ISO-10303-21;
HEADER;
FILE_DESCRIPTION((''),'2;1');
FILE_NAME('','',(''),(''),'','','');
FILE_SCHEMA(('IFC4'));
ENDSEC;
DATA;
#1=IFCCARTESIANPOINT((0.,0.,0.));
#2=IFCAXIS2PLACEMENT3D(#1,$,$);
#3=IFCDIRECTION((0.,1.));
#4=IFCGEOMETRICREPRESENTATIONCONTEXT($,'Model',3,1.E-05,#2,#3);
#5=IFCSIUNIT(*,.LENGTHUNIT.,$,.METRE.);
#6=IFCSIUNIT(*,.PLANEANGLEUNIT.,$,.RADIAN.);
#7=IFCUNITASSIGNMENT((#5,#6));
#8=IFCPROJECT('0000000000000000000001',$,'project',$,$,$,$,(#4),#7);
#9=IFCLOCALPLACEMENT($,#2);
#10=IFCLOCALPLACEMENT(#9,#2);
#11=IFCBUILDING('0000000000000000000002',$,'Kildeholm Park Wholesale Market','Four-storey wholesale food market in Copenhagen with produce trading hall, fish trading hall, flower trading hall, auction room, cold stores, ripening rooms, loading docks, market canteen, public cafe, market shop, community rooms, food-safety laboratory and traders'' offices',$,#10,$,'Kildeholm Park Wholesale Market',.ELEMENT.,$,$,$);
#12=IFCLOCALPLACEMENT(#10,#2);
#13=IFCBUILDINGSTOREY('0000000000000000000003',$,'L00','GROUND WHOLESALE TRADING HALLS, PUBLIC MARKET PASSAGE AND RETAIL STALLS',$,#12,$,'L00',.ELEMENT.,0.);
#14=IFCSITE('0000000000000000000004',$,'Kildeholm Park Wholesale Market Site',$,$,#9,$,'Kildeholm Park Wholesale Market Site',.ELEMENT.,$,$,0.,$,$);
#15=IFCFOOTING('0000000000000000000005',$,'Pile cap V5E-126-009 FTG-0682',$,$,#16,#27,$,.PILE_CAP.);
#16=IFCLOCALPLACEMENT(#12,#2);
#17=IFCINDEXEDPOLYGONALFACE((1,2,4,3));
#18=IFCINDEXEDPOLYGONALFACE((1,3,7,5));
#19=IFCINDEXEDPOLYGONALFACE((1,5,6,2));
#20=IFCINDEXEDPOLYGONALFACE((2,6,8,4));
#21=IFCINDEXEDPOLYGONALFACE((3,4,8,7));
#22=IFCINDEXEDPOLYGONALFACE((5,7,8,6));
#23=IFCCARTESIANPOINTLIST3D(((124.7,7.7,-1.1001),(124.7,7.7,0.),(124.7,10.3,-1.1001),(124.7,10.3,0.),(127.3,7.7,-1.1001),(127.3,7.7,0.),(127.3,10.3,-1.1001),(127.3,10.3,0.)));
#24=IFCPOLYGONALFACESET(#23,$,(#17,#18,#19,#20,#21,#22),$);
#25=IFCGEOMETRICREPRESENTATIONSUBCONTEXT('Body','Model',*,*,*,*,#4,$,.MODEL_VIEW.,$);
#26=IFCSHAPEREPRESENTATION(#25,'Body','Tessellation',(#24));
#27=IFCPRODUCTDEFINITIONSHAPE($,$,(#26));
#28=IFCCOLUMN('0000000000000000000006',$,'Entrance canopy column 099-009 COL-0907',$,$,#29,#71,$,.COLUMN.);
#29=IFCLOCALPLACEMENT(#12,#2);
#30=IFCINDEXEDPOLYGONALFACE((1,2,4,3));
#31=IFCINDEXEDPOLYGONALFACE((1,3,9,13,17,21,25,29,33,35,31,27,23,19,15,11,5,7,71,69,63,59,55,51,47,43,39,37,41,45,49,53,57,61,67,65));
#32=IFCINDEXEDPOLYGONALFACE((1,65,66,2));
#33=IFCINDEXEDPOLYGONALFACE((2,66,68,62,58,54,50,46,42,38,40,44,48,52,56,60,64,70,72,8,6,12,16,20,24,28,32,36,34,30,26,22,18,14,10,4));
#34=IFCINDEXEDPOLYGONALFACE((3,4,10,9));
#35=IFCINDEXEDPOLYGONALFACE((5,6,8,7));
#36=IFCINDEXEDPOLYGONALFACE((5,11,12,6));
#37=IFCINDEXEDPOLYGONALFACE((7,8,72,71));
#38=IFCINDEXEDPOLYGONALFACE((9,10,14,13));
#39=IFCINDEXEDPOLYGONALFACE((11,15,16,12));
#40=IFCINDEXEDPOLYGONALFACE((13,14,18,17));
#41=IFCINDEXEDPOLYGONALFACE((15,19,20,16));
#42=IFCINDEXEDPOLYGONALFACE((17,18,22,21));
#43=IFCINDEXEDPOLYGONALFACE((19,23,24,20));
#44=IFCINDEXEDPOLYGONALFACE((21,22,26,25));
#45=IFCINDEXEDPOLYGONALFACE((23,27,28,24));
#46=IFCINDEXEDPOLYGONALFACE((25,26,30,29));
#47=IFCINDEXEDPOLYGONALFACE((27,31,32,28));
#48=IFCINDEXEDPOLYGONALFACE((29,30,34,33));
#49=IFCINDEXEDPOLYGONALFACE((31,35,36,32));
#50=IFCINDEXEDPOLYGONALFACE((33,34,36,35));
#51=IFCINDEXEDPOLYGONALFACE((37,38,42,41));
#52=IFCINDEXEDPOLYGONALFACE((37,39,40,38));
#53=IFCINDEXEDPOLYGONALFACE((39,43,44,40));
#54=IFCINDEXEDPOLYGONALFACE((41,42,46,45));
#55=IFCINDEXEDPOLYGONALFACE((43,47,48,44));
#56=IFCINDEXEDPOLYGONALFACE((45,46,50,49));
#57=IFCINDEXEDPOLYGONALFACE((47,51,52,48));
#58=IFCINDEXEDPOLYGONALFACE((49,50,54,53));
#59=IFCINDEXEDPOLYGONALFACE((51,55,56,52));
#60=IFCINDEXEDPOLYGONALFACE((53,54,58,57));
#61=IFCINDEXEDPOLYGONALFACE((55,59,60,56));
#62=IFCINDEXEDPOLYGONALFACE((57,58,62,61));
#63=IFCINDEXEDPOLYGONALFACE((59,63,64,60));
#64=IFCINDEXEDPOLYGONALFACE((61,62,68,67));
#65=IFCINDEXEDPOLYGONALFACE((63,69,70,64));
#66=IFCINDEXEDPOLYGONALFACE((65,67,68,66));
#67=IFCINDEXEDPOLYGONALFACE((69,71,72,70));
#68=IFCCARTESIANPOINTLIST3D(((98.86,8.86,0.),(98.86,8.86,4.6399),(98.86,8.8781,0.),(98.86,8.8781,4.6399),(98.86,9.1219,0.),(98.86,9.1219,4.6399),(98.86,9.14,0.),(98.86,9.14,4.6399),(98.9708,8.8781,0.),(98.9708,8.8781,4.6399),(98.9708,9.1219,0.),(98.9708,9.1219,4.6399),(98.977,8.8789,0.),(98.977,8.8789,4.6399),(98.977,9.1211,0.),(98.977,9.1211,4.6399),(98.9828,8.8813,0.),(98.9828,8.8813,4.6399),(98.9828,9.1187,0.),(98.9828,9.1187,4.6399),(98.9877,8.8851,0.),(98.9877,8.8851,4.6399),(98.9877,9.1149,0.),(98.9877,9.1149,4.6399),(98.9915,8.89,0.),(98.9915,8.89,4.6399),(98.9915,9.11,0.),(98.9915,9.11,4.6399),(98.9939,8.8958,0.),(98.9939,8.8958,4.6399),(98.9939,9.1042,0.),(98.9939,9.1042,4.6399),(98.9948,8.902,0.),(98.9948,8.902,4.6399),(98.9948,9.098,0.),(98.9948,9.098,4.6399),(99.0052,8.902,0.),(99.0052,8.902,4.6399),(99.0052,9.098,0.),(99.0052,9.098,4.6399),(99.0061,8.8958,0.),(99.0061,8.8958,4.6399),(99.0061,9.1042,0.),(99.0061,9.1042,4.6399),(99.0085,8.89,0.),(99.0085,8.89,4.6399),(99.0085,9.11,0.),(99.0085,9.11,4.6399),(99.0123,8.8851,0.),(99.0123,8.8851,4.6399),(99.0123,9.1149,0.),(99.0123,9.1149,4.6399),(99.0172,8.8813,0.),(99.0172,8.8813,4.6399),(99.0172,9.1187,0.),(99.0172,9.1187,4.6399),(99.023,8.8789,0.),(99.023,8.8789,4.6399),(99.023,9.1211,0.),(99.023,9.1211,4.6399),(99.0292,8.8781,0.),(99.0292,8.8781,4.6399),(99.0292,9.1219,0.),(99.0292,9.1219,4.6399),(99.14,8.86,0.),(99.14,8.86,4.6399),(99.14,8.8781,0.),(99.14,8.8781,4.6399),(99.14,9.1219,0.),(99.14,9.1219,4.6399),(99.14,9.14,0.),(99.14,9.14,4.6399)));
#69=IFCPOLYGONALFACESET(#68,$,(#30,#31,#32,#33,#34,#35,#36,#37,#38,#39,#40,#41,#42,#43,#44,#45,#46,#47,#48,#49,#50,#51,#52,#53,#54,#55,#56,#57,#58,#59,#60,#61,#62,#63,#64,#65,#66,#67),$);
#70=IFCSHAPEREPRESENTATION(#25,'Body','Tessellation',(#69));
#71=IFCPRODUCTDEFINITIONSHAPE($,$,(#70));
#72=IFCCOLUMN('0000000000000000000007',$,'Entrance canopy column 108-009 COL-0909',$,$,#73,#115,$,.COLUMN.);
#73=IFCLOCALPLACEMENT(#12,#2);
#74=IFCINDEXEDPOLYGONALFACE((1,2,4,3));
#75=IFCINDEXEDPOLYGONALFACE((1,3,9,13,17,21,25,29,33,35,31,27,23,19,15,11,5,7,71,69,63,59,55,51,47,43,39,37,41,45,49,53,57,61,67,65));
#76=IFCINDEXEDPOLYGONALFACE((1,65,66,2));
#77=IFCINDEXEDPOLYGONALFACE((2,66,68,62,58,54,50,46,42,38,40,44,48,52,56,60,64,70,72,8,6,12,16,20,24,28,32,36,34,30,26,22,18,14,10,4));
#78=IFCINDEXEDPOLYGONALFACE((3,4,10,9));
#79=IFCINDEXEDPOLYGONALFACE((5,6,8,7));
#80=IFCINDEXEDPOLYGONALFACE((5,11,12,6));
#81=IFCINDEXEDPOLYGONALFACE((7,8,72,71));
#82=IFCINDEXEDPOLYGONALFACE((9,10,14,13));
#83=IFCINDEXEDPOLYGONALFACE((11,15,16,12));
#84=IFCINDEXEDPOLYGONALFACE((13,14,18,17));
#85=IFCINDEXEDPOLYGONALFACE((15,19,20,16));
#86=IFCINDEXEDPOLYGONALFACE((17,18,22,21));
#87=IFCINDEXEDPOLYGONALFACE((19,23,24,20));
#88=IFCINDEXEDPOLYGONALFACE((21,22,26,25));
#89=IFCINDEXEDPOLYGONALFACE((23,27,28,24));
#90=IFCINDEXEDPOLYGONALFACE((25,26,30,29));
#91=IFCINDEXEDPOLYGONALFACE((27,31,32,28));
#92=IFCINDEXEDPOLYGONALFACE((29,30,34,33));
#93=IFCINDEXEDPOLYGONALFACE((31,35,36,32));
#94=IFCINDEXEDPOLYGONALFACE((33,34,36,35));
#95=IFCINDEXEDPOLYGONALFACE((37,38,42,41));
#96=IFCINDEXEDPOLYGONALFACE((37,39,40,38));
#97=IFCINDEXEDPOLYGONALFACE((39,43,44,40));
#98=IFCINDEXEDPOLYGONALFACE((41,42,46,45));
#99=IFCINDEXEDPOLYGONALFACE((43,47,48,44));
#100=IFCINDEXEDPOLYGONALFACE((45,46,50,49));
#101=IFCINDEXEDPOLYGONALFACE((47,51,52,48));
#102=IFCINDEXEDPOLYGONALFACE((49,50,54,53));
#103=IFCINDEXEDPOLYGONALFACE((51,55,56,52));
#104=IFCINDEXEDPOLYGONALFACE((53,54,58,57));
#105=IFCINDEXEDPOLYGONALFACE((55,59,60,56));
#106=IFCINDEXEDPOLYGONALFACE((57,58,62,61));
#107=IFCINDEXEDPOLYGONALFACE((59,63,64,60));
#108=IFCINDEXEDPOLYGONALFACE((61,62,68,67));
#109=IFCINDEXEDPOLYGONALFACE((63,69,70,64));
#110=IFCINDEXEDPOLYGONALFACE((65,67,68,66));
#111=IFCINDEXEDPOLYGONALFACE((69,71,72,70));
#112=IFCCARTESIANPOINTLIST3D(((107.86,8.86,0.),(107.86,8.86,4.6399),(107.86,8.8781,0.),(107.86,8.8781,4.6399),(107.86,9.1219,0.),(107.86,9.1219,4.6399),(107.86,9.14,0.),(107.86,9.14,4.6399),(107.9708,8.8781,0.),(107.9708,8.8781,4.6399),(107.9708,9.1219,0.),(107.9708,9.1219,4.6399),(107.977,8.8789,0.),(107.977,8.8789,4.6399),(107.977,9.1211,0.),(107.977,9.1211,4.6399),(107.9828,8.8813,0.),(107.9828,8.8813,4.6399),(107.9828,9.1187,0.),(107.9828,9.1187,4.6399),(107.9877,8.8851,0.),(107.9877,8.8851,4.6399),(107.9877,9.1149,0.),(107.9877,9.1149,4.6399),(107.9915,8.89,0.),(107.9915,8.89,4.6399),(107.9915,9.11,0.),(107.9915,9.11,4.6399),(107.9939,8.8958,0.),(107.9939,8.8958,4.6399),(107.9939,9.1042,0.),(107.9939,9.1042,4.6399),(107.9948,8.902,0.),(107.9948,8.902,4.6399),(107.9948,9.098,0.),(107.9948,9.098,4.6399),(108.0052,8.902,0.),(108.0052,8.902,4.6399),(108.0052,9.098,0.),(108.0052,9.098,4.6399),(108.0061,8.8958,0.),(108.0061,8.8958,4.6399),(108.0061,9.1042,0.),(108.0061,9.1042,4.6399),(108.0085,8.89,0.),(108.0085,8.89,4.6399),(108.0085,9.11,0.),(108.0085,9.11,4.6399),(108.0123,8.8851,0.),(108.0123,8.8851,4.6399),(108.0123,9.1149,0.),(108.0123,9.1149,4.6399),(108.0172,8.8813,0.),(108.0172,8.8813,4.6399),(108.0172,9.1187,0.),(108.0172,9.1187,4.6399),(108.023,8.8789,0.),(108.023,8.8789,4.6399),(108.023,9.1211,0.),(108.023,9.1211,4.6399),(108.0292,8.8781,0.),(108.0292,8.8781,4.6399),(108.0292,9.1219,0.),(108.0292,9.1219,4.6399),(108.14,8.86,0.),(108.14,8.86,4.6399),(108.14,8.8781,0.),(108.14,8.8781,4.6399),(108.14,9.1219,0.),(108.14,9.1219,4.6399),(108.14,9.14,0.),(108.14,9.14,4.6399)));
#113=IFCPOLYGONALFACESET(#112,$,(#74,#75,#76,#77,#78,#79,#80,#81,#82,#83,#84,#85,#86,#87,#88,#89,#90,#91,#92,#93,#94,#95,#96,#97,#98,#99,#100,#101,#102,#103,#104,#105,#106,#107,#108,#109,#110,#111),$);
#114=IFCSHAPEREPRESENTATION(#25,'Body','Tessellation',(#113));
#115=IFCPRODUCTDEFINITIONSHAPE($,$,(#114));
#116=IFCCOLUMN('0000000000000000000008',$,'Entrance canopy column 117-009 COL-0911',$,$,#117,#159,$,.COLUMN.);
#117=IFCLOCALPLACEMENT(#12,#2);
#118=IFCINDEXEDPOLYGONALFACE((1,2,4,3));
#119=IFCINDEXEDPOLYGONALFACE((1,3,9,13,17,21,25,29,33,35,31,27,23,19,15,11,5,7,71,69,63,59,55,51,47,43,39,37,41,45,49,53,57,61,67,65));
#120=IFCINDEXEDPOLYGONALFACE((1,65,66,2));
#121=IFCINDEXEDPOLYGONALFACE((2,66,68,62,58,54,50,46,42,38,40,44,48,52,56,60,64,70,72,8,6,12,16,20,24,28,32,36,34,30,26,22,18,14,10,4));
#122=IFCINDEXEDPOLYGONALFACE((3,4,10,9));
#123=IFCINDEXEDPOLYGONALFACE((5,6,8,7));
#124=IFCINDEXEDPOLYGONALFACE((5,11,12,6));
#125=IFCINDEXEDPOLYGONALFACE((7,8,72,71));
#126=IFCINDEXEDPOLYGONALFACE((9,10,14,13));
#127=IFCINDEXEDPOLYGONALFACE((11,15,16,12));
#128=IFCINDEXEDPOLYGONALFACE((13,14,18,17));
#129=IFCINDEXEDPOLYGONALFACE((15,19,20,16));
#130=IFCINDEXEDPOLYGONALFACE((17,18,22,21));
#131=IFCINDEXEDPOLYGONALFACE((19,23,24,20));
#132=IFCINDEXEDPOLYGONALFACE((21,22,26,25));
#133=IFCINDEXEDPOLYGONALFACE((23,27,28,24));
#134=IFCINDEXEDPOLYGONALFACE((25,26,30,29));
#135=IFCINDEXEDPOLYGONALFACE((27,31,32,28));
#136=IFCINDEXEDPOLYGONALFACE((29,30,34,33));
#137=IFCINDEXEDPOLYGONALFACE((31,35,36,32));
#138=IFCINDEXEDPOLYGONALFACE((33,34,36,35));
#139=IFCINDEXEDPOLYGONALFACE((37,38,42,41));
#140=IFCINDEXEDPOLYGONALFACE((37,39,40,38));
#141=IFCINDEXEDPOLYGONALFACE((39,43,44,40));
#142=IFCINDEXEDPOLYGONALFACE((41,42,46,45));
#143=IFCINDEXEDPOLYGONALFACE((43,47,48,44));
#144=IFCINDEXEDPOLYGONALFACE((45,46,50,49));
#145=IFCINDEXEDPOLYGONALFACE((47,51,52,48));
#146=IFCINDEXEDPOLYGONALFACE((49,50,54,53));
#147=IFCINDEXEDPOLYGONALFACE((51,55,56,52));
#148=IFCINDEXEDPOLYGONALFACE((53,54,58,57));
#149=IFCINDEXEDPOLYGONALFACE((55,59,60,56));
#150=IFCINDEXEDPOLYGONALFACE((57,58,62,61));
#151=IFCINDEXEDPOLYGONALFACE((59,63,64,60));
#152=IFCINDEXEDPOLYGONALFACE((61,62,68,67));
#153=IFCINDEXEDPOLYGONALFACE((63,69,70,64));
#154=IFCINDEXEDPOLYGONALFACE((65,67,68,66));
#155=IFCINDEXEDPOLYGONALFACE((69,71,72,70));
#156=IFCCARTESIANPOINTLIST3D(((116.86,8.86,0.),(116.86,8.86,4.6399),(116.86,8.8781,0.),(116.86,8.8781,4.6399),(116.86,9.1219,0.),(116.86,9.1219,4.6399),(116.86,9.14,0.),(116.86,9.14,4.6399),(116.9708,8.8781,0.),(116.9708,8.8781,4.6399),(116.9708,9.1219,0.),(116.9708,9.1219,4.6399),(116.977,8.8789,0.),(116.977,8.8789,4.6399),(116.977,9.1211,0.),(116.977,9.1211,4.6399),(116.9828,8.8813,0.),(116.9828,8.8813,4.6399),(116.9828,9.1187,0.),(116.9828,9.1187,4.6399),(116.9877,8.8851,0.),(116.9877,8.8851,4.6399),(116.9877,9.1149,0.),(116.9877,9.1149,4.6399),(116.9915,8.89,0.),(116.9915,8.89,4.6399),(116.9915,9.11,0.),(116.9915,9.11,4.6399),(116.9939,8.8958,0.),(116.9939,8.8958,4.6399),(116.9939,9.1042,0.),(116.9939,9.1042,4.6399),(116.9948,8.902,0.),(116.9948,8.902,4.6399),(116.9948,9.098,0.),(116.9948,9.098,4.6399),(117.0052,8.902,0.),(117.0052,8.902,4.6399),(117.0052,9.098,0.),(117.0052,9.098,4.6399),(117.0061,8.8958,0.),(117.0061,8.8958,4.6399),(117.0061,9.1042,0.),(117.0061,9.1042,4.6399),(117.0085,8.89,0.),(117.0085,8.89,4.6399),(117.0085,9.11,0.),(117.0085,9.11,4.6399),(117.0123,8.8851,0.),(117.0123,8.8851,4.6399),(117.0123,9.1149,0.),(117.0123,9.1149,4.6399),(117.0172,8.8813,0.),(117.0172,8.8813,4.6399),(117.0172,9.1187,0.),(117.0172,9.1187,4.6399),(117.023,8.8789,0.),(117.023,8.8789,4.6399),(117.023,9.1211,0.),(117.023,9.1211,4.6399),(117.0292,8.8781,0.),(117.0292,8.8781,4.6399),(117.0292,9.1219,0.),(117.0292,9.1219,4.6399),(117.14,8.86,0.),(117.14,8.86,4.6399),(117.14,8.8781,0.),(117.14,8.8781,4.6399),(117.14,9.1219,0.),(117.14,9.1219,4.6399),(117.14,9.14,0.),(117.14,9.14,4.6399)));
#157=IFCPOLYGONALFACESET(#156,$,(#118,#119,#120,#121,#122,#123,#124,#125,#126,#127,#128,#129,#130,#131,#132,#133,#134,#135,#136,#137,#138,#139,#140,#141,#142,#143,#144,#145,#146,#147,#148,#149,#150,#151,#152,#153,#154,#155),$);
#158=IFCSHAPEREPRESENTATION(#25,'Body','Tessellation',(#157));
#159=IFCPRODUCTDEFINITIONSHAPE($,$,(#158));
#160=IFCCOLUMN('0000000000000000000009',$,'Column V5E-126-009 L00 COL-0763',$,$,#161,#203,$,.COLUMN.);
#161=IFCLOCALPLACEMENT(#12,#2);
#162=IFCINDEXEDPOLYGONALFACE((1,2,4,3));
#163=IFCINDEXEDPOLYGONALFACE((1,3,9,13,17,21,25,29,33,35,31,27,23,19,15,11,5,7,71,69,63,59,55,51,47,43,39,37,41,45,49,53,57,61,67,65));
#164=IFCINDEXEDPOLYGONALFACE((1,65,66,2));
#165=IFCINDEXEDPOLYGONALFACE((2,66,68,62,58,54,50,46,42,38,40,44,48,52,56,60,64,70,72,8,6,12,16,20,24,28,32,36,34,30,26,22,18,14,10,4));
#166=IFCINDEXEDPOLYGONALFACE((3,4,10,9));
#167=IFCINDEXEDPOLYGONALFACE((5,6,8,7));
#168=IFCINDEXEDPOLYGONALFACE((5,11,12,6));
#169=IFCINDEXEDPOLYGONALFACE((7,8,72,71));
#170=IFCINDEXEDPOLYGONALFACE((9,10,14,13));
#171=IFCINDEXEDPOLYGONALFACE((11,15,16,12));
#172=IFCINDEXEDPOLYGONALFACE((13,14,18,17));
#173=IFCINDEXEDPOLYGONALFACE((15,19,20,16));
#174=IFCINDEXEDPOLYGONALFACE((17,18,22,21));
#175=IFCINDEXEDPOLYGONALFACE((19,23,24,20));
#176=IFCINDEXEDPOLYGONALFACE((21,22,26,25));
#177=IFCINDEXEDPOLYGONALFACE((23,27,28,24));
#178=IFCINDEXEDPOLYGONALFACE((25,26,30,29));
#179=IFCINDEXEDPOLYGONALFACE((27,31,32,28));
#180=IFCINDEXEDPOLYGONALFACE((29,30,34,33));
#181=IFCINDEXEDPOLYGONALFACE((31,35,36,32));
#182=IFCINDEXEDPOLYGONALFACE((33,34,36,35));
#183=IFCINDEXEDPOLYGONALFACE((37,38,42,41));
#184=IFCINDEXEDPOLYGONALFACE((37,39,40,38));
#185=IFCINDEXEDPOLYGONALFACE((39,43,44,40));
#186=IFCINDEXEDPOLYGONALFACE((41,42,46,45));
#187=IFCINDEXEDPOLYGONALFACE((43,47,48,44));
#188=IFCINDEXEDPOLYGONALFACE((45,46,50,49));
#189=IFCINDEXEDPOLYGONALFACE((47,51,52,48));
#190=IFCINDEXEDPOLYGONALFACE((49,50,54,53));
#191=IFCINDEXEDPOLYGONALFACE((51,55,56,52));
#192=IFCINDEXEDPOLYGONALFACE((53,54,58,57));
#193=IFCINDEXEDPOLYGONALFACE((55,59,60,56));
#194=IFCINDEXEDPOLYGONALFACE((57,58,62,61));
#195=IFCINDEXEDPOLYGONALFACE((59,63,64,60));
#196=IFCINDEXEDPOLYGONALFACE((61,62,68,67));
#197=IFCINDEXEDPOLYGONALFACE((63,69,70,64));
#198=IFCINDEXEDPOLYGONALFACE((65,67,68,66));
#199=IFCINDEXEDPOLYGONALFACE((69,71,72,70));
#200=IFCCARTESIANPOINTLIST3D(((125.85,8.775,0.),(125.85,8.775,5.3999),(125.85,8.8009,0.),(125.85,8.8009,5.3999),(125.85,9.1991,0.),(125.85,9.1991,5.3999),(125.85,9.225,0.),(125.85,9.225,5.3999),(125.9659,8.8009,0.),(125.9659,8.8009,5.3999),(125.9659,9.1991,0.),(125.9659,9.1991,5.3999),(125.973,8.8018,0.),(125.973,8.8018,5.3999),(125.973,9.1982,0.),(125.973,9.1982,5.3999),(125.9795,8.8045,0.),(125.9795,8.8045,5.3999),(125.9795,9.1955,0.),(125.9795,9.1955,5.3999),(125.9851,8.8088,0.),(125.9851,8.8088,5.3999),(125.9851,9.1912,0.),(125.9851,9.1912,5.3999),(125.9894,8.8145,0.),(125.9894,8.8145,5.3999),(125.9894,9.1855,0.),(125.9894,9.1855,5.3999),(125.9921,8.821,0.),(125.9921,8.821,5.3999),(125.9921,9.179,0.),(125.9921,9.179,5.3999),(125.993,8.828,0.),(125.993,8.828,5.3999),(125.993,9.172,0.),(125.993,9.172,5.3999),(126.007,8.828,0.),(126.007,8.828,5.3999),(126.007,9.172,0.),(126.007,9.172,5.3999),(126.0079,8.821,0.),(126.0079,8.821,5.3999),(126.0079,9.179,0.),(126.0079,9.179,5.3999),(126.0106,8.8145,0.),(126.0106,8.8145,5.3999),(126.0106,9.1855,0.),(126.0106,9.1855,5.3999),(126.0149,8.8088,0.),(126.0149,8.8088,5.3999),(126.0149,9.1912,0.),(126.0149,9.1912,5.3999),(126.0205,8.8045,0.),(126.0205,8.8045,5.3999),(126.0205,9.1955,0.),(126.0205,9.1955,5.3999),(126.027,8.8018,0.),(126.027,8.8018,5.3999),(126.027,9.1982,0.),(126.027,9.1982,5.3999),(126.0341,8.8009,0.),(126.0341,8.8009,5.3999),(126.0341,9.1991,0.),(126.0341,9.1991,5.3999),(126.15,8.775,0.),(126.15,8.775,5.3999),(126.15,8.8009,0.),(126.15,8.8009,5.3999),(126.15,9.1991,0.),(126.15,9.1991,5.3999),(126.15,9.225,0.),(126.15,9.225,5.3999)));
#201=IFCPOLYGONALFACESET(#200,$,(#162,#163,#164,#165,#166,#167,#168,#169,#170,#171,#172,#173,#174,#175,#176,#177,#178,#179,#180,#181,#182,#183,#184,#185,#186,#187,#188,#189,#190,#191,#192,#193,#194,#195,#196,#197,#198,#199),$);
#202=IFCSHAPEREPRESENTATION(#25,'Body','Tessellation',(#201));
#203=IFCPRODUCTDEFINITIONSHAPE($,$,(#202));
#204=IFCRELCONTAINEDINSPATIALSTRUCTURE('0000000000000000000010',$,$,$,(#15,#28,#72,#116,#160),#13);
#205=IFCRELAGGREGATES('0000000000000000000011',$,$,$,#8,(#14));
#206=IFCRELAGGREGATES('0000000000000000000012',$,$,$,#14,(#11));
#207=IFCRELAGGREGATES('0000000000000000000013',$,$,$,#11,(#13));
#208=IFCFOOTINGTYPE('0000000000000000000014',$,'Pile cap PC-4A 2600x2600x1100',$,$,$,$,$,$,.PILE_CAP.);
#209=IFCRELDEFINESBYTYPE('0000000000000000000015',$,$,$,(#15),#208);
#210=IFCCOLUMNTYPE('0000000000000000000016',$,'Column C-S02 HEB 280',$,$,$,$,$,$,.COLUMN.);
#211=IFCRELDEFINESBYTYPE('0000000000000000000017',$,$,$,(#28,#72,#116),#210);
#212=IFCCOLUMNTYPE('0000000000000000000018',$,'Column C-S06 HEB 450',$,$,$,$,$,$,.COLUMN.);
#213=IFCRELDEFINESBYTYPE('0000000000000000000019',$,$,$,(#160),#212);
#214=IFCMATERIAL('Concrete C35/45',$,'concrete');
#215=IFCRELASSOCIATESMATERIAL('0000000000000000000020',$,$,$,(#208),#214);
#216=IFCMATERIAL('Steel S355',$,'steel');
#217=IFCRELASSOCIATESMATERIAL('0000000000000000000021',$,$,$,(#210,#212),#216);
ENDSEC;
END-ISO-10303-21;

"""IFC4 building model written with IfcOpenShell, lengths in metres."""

from ifc_helpers import new_model, si_unit, direction, frame, origin, origin_2d, place, context, subcontext, project, spatial, rectangle, i_section, extrude, material, material_profile, profile_set, type_object, element, save


model = new_model("IFC4")

# Units and contexts
model_context = context("Model", 3, precision=1e-05, world=origin(), true_north=direction((0.0, 1.0)))
body_context = subcontext(model_context, "Body", "Model", "MODEL_VIEW")
ifc_project = project(units=[si_unit("LENGTHUNIT", "METRE"), si_unit("PLANEANGLEUNIT", "RADIAN")], contexts=[model_context])

# Site, building, storey
site_placement = place(None, origin())
site = spatial("IfcSite", under=ifc_project, at=site_placement, Name="Kildeholm Park Wholesale Market Site", LongName="Kildeholm Park Wholesale Market Site", CompositionType="ELEMENT", RefElevation=0.0)
building_placement = place(site_placement, origin())
building = spatial("IfcBuilding", under=site, at=building_placement, Name="Kildeholm Park Wholesale Market", Description="Four-storey wholesale food market in Copenhagen with produce trading hall, fish trading hall, flower trading hall, auction room, cold stores, ripening rooms, loading docks, market canteen, public cafe, market shop, community rooms, food-safety laboratory and traders' offices", LongName="Kildeholm Park Wholesale Market", CompositionType="ELEMENT")
storey_placement = place(building_placement, origin())
storey = spatial("IfcBuildingStorey", under=building, at=storey_placement, Name="L00", Description="GROUND WHOLESALE TRADING HALLS, PUBLIC MARKET PASSAGE AND RETAIL STALLS", LongName="L00", CompositionType="ELEMENT", Elevation=0.0)

# Shared definitions
ifc_material_1 = material(Name="Concrete C35/45", Category="concrete")

# Footing
footing_type_1 = type_object("IfcFootingType", Name="Pile cap PC-4A 2600x2600x1100", PredefinedType="PILE_CAP", material=ifc_material_1)
footing_1_placement = place(storey_placement, frame((126.0, 9.0, -1.1001), z_axis=(0.0, 0.0, 1.0), x_axis=(1.0, 0.0, 0.0)))
element("IfcFooting", 1, at=footing_1_placement, inside=storey, type_object=footing_type_1, Name="Pile cap V5E-126-009 FTG-0682", PredefinedType="PILE_CAP", context=body_context, shape_type="SweptSolid", body=[
    extrude(rectangle(XDim=2.6001, YDim=2.6001, at=origin_2d()), origin(), (0.0, 0.0, 1.0), 1.1001),
])

# Columns
ifc_material_2 = material(Name="Steel S355", Category="steel")
ifc_material_profile_1 = material_profile(ifc_material_2, i_section(OverallWidth=0.28, OverallDepth=0.28, WebThickness=0.0105, FlangeThickness=0.0181, FilletRadius=0.0239, at=origin_2d()), Name="HEB 280")
ifc_profile_set_1 = profile_set([ifc_material_profile_1], Name="Steel S355")
column_type_1 = type_object("IfcColumnType", Name="Column C-S02 HEB 280", PredefinedType="COLUMN", material=ifc_profile_set_1)
for number, where, z_axis, x_axis, name in (
    (2, (99.0, 9.0, 0.0), (0.0, 0.0, 1.0), (1.0, 0.0, 0.0), "Entrance canopy column 099-009 COL-0907"),
    (3, (108.0, 9.0, 0.0), (0.0, 0.0, 1.0), (1.0, 0.0, 0.0), "Entrance canopy column 108-009 COL-0909"),
    (4, (117.0, 9.0, 0.0), (0.0, 0.0, 1.0), (1.0, 0.0, 0.0), "Entrance canopy column 117-009 COL-0911"),
):
    element("IfcColumn", number, at=place(storey_placement, frame(where, z_axis=z_axis, x_axis=x_axis)), inside=storey, type_object=column_type_1, Name=name, PredefinedType="COLUMN", context=body_context, shape_type="SweptSolid", body=[
        extrude(i_section(OverallWidth=0.28, OverallDepth=0.28, WebThickness=0.0105, FlangeThickness=0.0181, FilletRadius=0.0239, at=origin_2d()), origin(), (0.0, 0.0, 1.0), 4.6399),
    ])
ifc_material_profile_2 = material_profile(ifc_material_2, i_section(OverallWidth=0.3, OverallDepth=0.45, WebThickness=0.0139, FlangeThickness=0.0259, FilletRadius=0.0271, at=origin_2d()), Name="HEB 450")
ifc_profile_set_2 = profile_set([ifc_material_profile_2], Name="Steel S355")
column_type_2 = type_object("IfcColumnType", Name="Column C-S06 HEB 450", PredefinedType="COLUMN", material=ifc_profile_set_2)
column_placement = place(storey_placement, frame((126.0, 9.0, 0.0), z_axis=(0.0, 0.0, 1.0), x_axis=(1.0, 0.0, 0.0)))
element("IfcColumn", 5, at=column_placement, inside=storey, type_object=column_type_2, Name="Column V5E-126-009 L00 COL-0763", PredefinedType="COLUMN", context=body_context, shape_type="SweptSolid", body=[
    extrude(i_section(OverallWidth=0.3, OverallDepth=0.45, WebThickness=0.0139, FlangeThickness=0.0259, FilletRadius=0.0271, at=origin_2d()), origin(), (0.0, 0.0, 1.0), 5.3999),
])

save(model, "model.ifc")
